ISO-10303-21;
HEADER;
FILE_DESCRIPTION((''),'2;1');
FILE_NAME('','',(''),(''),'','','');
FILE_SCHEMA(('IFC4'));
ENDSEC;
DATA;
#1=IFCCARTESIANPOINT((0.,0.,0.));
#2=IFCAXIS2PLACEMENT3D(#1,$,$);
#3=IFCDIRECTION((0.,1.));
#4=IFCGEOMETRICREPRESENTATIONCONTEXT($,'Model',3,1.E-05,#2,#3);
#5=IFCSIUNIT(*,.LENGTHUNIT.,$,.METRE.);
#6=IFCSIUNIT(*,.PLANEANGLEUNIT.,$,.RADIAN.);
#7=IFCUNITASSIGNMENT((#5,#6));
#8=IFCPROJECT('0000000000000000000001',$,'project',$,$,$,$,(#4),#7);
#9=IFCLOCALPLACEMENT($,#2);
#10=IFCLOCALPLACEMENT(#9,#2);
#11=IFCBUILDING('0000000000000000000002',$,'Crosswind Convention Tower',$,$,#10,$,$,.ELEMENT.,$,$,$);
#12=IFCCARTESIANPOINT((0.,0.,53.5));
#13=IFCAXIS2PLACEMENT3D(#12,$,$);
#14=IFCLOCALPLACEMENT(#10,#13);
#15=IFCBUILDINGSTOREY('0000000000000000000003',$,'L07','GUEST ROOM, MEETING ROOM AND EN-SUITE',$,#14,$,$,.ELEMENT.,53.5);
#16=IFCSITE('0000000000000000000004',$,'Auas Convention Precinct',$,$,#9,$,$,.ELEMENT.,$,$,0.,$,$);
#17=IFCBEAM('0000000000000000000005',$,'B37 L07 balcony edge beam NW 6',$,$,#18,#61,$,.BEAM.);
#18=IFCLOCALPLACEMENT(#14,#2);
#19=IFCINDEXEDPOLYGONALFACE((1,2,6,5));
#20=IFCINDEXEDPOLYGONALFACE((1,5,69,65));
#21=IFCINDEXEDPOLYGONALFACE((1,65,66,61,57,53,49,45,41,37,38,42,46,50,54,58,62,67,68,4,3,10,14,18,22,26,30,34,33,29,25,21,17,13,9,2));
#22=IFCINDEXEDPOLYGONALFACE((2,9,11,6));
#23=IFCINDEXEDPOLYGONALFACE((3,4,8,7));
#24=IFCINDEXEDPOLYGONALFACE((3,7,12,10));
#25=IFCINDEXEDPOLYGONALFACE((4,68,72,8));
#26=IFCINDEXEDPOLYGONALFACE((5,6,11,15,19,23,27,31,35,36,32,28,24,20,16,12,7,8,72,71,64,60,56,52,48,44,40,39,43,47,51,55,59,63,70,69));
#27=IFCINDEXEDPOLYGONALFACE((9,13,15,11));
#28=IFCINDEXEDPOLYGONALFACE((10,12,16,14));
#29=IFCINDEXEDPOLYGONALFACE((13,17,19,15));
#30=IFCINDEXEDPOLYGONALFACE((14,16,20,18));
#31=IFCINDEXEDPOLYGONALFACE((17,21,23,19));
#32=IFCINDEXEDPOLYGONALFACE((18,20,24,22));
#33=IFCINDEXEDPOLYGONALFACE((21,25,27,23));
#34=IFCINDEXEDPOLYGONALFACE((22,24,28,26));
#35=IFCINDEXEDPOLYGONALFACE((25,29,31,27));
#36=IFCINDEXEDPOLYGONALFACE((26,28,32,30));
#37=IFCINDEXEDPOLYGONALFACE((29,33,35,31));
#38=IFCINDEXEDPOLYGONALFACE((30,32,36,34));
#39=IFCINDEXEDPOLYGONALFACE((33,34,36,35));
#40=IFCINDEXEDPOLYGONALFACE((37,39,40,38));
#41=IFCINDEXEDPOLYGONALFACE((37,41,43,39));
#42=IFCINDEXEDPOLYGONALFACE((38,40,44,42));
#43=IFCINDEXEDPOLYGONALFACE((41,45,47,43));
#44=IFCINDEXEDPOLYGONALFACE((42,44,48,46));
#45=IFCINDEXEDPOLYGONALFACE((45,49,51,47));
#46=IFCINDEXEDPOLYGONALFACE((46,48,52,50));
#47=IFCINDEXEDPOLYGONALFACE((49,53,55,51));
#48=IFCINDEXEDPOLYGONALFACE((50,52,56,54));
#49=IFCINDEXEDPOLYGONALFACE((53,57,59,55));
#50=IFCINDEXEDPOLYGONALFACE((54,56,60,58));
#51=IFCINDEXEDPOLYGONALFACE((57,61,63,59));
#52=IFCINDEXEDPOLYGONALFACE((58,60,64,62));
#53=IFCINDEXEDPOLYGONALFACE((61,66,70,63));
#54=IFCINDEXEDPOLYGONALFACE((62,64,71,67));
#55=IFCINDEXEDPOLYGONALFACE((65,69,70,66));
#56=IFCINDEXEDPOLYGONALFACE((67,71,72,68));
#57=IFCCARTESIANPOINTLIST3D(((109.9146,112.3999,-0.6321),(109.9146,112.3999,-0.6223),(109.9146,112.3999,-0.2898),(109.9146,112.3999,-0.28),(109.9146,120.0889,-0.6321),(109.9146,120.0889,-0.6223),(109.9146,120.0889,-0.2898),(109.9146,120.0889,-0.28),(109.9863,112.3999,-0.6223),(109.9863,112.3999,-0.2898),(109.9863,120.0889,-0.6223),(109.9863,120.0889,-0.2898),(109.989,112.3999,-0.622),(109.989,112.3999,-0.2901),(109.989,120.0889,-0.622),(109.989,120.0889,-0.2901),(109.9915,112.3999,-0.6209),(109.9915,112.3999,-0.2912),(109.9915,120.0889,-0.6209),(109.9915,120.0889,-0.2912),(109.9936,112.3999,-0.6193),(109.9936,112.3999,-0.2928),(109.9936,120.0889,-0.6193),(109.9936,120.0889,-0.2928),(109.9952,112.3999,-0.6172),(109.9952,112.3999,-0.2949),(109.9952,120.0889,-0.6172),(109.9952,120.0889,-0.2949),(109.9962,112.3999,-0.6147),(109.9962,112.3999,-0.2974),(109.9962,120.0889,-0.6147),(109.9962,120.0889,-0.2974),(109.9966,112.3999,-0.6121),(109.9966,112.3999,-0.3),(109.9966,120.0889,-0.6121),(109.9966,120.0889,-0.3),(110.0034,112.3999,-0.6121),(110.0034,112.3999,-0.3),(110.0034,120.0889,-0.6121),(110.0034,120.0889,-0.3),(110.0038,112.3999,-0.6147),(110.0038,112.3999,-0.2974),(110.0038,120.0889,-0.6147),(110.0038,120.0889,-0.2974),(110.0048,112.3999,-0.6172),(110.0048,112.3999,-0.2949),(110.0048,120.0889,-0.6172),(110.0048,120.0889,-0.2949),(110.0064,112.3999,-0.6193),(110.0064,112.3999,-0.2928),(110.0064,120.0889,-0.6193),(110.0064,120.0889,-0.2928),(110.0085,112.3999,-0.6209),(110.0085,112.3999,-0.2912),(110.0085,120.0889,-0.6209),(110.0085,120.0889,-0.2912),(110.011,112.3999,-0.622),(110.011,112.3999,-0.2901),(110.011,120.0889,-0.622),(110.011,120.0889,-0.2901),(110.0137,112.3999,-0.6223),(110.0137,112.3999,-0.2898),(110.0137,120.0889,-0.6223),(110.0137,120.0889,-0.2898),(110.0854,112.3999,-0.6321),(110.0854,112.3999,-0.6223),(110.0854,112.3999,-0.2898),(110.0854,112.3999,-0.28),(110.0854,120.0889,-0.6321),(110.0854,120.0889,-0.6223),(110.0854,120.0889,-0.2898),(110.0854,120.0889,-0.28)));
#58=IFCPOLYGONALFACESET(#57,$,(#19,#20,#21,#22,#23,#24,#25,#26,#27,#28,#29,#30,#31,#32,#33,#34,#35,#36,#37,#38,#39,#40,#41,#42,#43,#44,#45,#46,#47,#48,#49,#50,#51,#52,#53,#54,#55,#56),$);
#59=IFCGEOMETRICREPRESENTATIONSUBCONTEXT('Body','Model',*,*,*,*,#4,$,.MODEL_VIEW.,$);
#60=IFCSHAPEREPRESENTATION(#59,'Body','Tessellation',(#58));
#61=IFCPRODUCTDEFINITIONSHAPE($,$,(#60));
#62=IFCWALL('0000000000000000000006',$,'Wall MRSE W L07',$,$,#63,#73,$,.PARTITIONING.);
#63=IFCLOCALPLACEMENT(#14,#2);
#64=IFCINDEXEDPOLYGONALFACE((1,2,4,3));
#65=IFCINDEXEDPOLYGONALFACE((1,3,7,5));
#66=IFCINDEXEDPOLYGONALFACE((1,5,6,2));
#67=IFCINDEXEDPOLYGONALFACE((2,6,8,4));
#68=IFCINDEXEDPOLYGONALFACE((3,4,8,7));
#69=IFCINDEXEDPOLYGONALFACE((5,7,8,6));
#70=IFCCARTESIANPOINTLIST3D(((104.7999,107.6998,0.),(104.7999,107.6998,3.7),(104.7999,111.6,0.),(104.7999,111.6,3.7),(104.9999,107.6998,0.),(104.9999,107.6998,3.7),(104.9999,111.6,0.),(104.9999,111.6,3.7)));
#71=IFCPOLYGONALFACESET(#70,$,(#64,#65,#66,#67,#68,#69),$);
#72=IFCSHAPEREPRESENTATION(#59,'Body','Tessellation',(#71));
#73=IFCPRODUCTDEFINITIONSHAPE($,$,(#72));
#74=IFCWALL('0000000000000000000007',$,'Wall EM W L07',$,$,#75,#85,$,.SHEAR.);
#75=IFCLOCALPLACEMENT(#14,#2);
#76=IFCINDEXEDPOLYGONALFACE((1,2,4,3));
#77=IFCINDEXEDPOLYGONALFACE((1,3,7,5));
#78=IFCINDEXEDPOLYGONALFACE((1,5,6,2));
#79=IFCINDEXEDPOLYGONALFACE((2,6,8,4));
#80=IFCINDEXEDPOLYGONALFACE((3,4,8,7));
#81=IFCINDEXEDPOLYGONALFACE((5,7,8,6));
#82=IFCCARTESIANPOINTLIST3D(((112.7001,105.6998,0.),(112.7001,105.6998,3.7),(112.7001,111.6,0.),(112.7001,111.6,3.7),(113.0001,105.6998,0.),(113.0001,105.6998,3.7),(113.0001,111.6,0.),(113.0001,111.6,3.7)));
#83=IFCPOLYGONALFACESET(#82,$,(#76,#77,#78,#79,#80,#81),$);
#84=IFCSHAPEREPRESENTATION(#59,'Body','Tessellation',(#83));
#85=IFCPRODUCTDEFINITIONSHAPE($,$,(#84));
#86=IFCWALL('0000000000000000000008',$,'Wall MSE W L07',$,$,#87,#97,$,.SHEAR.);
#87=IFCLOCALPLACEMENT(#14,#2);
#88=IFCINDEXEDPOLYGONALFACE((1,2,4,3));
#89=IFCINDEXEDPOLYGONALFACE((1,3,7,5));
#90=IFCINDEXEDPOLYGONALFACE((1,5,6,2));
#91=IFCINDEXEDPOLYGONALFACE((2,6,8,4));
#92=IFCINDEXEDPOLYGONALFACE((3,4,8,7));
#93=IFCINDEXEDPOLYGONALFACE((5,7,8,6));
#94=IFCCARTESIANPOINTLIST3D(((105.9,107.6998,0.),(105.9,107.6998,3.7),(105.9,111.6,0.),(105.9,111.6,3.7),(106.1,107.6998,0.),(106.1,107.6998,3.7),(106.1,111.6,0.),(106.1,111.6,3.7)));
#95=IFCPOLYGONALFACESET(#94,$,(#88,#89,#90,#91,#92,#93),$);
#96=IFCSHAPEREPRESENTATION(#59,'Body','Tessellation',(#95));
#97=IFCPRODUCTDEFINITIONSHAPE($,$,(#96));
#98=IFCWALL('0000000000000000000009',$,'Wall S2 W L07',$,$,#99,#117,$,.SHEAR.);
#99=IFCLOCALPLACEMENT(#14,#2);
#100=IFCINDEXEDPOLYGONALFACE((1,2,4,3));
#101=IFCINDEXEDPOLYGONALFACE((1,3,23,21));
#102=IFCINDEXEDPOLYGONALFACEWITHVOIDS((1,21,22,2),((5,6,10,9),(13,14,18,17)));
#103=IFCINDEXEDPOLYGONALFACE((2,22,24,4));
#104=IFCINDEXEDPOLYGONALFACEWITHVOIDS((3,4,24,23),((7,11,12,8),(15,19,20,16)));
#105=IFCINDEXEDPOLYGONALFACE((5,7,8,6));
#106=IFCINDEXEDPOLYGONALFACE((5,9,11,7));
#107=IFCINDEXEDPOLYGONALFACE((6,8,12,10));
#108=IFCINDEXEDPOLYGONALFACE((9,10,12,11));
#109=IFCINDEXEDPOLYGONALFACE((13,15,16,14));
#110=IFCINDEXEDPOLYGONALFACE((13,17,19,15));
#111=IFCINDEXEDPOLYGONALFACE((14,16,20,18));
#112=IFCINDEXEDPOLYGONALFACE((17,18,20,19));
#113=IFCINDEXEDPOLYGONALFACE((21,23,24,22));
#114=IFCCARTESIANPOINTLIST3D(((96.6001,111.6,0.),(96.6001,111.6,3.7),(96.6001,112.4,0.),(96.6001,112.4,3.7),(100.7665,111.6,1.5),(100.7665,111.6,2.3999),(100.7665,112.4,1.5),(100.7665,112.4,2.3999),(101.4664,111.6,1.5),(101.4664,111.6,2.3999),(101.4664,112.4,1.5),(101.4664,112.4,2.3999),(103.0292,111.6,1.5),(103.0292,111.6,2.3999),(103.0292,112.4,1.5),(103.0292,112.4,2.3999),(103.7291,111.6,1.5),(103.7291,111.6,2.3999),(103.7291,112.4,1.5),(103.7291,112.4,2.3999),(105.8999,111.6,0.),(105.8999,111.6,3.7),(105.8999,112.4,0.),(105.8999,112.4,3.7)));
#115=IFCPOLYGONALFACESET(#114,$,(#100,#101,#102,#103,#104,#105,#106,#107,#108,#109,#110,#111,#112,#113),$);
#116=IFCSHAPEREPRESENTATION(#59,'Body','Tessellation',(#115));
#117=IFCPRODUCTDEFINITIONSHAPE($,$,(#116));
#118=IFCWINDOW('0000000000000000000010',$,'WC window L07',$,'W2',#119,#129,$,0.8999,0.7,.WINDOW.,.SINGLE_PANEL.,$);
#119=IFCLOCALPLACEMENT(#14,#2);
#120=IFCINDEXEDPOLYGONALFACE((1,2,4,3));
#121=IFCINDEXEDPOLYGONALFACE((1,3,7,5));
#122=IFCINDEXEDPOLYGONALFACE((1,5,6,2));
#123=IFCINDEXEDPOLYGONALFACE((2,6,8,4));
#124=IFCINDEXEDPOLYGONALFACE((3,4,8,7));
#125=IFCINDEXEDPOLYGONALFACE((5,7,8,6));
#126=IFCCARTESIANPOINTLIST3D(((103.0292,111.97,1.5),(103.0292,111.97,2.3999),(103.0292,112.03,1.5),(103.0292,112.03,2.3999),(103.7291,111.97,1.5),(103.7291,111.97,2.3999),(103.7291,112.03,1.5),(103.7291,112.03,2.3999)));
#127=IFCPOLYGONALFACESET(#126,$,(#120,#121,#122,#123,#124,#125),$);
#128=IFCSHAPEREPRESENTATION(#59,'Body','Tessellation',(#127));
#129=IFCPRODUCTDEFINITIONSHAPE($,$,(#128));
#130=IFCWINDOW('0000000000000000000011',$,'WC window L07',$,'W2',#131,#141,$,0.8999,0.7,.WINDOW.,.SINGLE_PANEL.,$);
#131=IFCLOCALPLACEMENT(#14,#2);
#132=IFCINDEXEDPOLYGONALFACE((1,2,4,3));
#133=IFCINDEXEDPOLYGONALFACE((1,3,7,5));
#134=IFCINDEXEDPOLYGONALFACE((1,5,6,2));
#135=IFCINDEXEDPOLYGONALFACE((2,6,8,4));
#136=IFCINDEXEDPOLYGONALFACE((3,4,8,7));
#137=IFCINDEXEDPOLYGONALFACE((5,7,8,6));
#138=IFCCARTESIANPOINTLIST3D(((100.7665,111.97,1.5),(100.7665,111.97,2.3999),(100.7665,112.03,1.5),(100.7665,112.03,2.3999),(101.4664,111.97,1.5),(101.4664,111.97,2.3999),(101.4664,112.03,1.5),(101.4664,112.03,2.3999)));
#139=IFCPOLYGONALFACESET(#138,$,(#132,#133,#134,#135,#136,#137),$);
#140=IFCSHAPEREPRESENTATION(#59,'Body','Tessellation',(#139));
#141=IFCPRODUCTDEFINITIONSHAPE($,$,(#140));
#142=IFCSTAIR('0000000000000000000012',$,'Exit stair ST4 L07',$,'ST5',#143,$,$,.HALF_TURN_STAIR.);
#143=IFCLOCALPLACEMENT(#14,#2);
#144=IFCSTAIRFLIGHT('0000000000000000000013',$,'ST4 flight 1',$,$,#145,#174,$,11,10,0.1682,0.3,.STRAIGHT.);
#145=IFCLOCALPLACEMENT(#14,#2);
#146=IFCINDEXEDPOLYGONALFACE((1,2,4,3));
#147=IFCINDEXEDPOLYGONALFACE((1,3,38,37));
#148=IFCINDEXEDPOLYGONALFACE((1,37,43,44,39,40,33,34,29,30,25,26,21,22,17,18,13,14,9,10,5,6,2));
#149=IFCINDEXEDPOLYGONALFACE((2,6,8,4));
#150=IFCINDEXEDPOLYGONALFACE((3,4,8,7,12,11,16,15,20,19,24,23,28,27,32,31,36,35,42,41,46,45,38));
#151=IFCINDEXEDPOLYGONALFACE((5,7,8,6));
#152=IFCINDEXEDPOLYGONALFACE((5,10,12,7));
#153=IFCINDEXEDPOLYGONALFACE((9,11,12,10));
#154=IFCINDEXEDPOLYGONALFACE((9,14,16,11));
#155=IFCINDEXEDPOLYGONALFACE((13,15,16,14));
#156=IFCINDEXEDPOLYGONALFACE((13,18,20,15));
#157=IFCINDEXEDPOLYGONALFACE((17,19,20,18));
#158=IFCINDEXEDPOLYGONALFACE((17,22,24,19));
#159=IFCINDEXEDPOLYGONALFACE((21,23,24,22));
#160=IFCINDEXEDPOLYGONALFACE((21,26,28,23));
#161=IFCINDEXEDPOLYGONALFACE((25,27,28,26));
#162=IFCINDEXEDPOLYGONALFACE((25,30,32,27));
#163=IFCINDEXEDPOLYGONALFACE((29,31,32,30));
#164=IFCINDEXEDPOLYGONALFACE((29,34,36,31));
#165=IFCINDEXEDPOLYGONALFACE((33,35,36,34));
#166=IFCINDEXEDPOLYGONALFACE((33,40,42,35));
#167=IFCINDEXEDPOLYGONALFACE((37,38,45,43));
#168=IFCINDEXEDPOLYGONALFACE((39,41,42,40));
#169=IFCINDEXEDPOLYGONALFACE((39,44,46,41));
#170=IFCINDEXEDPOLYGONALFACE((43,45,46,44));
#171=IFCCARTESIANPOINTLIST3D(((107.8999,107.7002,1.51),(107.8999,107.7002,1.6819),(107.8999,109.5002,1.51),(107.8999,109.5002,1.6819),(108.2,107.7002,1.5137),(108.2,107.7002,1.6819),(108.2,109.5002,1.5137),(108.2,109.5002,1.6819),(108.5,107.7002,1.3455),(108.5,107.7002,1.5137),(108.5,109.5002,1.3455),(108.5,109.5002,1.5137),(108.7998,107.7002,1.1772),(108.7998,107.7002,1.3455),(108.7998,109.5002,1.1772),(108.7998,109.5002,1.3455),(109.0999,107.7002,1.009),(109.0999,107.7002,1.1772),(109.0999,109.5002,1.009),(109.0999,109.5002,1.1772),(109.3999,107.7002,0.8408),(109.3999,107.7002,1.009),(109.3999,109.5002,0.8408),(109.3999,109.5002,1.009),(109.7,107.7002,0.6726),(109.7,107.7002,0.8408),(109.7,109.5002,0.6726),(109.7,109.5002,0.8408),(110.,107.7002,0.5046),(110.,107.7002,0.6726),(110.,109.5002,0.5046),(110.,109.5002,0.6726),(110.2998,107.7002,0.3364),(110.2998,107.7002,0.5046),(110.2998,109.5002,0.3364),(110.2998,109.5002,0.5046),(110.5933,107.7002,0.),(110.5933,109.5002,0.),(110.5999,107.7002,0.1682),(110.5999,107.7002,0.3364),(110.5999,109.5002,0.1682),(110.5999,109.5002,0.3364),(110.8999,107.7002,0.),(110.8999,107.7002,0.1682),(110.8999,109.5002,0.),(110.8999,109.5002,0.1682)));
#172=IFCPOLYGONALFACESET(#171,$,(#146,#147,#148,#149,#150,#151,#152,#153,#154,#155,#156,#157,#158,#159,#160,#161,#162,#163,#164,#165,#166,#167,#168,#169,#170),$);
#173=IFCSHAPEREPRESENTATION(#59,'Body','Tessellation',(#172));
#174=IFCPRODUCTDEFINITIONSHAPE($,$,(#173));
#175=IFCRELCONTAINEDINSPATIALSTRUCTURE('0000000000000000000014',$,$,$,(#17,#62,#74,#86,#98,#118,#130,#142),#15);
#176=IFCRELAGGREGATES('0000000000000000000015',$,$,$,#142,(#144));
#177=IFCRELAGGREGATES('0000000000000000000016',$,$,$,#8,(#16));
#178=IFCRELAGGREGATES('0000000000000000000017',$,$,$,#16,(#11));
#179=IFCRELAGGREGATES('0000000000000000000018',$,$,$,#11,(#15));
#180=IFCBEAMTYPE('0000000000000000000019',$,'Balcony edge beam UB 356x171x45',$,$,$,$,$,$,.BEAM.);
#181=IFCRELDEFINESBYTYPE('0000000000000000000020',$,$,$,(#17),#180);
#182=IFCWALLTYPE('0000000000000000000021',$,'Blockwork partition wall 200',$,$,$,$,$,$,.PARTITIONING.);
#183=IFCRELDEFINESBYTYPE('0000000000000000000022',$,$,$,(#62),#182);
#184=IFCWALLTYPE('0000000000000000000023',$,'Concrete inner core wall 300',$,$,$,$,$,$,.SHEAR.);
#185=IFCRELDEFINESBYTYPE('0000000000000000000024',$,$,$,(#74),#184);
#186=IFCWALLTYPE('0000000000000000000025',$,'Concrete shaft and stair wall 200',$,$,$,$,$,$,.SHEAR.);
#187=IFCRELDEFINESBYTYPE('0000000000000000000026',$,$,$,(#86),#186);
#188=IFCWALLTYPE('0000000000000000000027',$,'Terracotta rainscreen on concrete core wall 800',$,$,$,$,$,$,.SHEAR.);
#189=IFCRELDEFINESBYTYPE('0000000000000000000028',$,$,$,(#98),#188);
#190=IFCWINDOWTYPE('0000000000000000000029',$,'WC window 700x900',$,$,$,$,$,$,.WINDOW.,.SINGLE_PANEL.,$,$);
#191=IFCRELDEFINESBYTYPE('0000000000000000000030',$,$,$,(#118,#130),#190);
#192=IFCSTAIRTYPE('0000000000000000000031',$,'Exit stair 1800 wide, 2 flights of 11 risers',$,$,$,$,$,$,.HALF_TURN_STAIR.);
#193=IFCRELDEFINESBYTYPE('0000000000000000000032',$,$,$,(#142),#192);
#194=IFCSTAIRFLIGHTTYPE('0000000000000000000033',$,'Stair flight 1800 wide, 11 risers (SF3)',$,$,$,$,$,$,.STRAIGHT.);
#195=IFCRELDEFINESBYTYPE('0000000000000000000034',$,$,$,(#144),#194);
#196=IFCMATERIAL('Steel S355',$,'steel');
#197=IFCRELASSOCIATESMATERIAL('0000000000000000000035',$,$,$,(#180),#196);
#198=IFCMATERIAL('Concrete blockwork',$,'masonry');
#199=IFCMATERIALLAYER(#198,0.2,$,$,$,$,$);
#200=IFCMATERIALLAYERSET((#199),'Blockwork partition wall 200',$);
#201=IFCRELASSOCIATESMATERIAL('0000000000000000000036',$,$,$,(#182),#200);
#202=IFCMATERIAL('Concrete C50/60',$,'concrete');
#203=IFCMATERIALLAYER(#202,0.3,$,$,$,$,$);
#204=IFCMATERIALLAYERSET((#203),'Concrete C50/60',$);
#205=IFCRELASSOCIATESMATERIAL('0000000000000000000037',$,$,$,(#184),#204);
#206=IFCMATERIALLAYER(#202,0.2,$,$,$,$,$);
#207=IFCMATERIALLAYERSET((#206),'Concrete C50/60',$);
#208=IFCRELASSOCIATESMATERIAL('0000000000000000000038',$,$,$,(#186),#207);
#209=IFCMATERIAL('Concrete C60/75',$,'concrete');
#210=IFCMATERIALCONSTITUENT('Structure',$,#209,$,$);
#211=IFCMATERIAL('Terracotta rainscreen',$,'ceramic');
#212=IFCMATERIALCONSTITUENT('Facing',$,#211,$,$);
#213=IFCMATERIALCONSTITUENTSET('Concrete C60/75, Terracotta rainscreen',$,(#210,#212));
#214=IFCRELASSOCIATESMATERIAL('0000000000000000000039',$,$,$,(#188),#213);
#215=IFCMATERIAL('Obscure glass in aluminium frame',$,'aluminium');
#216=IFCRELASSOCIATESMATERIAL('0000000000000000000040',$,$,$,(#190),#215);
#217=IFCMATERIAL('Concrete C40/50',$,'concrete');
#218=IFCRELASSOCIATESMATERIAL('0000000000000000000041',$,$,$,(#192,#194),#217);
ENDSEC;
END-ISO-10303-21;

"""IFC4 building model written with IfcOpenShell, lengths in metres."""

from ifc_helpers import new_model, si_unit, direction, frame, frame_2d, origin, origin_2d, place, context, subcontext, project, spatial, polyline, rectangle, i_section, outline, extrude, material, layer, layer_set, constituent, constituent_set, material_profile, profile_set, type_object, element, fill, aggregate, save


model = new_model("IFC4")

# Units and contexts
model_context = context("Model", 3, precision=1e-05, world=origin(), true_north=direction((0.0, 1.0)))
body_context = subcontext(model_context, "Body", "Model", "MODEL_VIEW")
ifc_project = project(units=[si_unit("LENGTHUNIT", "METRE"), si_unit("PLANEANGLEUNIT", "RADIAN")], contexts=[model_context])

# Site, building, storey
site_placement = place(None, origin())
site = spatial("IfcSite", under=ifc_project, at=site_placement, Name="Auas Convention Precinct", CompositionType="ELEMENT", RefElevation=0.0)
building_placement = place(site_placement, origin())
building = spatial("IfcBuilding", under=site, at=building_placement, Name="Crosswind Convention Tower", CompositionType="ELEMENT")
storey_placement = place(building_placement, frame((0.0, 0.0, 53.5)))
storey = spatial("IfcBuildingStorey", under=building, at=storey_placement, Name="L07", Description="GUEST ROOM, MEETING ROOM AND EN-SUITE", CompositionType="ELEMENT", Elevation=53.5)

# Beam
ifc_material_1 = material(Name="Steel S355", Category="steel")
ifc_material_profile = material_profile(ifc_material_1, i_section(OverallWidth=0.1709, OverallDepth=0.3521, WebThickness=0.0068, FlangeThickness=0.0098, FilletRadius=0.0103, at=origin_2d()), Name="UB 356x171x45")
ifc_profile_set = profile_set([ifc_material_profile], Name="Steel S355")
beam_type = type_object("IfcBeamType", Name="Balcony edge beam UB 356x171x45", PredefinedType="BEAM", material=ifc_profile_set)
beam_placement = place(storey_placement, frame((110.0, 112.3999, -0.4561), z_axis=(0.0, 1.0, 0.0), x_axis=(-1.0, 0.0, 0.0)))
element("IfcBeam", 1, at=beam_placement, inside=storey, type_object=beam_type, Name="B37 L07 balcony edge beam NW 6", PredefinedType="BEAM", context=body_context, shape_type="SweptSolid", body=[
    extrude(i_section(OverallWidth=0.1709, OverallDepth=0.3521, WebThickness=0.0068, FlangeThickness=0.0098, FilletRadius=0.0103, at=origin_2d()), origin(), (0.0, 0.0, 1.0), 7.689),
])

# Walls
ifc_material_2 = material(Name="Concrete blockwork", Category="masonry")
ifc_layer_1 = layer(ifc_material_2, 0.2)
ifc_layer_set_1 = layer_set([ifc_layer_1], Name="Blockwork partition wall 200")
wall_type_1 = type_object("IfcWallType", Name="Blockwork partition wall 200", PredefinedType="PARTITIONING", material=ifc_layer_set_1)
wall_1_placement = place(storey_placement, frame((104.8999, 111.6001, 0.0), z_axis=(0.0, 0.0, 1.0), x_axis=(0.0, -1.0, 0.0)))
element("IfcWall", 2, at=wall_1_placement, inside=storey, type_object=wall_type_1, Name="Wall MRSE W L07", PredefinedType="PARTITIONING", context=body_context, shape_type="SweptSolid", body=[
    extrude(rectangle(XDim=3.9001, YDim=0.2, at=frame_2d((1.9502, 0.0))), origin(), (0.0, 0.0, 1.0), 3.7),
])
ifc_material_3 = material(Name="Concrete C50/60", Category="concrete")
ifc_layer_2 = layer(ifc_material_3, 0.3)
ifc_layer_set_2 = layer_set([ifc_layer_2], Name="Concrete C50/60")
wall_type_2 = type_object("IfcWallType", Name="Concrete inner core wall 300", PredefinedType="SHEAR", material=ifc_layer_set_2)
wall_2_placement = place(storey_placement, frame((112.8501, 111.6001, 0.0), z_axis=(0.0, 0.0, 1.0), x_axis=(0.0, -1.0, 0.0)))
element("IfcWall", 3, at=wall_2_placement, inside=storey, type_object=wall_type_2, Name="Wall EM W L07", PredefinedType="SHEAR", context=body_context, shape_type="SweptSolid", body=[
    extrude(rectangle(XDim=5.9001, YDim=0.3, at=frame_2d((2.9502, 0.0))), origin(), (0.0, 0.0, 1.0), 3.7),
])
ifc_layer_3 = layer(ifc_material_3, 0.2)
ifc_layer_set_3 = layer_set([ifc_layer_3], Name="Concrete C50/60")
wall_type_3 = type_object("IfcWallType", Name="Concrete shaft and stair wall 200", PredefinedType="SHEAR", material=ifc_layer_set_3)
wall_3_placement = place(storey_placement, frame((106.0, 111.6001, 0.0), z_axis=(0.0, 0.0, 1.0), x_axis=(0.0, -1.0, 0.0)))
element("IfcWall", 4, at=wall_3_placement, inside=storey, type_object=wall_type_3, Name="Wall MSE W L07", PredefinedType="SHEAR", context=body_context, shape_type="SweptSolid", body=[
    extrude(rectangle(XDim=3.9001, YDim=0.2, at=frame_2d((1.9502, 0.0))), origin(), (0.0, 0.0, 1.0), 3.7),
])

# Wall, openings, windows
ifc_material_4 = material(Name="Concrete C60/75", Category="concrete")
ifc_constituent_1 = constituent(ifc_material_4, Name="Structure")
ifc_material_5 = material(Name="Terracotta rainscreen", Category="ceramic")
ifc_constituent_2 = constituent(ifc_material_5, Name="Facing")
ifc_constituent_set = constituent_set(constituents=[ifc_constituent_1, ifc_constituent_2], Name="Concrete C60/75, Terracotta rainscreen")
wall_type_4 = type_object("IfcWallType", Name="Terracotta rainscreen on concrete core wall 800", PredefinedType="SHEAR", material=ifc_constituent_set)
wall_4_placement = place(storey_placement, frame((105.8999, 112.0, 0.0), z_axis=(0.0, 0.0, 1.0), x_axis=(-1.0, 0.0, 0.0)))
wall_4 = element("IfcWall", 5, at=wall_4_placement, inside=storey, type_object=wall_type_4, Name="Wall S2 W L07", PredefinedType="SHEAR", context=body_context, shape_type="SweptSolid", body=[
    extrude(rectangle(XDim=9.2998, YDim=0.8, at=frame_2d((4.6499, 0.0))), origin(), (0.0, 0.0, 1.0), 3.7),
])
opening_1_placement = place(wall_4_placement, frame((2.1707, 0.0, 1.5)))
opening_1 = element("IfcOpeningElement", 6, at=opening_1_placement, cuts=wall_4, PredefinedType="OPENING", context=body_context, shape_type="SweptSolid", body=[
    extrude(rectangle(XDim=0.7, YDim=0.8999, at=frame_2d((0.3501, 0.45))), frame((0.0, 0.4099, 0.0), z_axis=(0.0, -1.0, 0.0), x_axis=(1.0, 0.0, 0.0)), (0.0, 0.0, 1.0), 0.8201),
])
opening_2_placement = place(wall_4_placement, frame((4.4333, 0.0, 1.5)))
opening_2 = element("IfcOpeningElement", 7, at=opening_2_placement, cuts=wall_4, PredefinedType="OPENING", context=body_context, shape_type="SweptSolid", body=[
    extrude(rectangle(XDim=0.7, YDim=0.8999, at=frame_2d((0.3501, 0.45))), frame((0.0, 0.4099, 0.0), z_axis=(0.0, -1.0, 0.0), x_axis=(1.0, 0.0, 0.0)), (0.0, 0.0, 1.0), 0.8201),
])
ifc_material_6 = material(Name="Obscure glass in aluminium frame", Category="aluminium")
window_type = type_object("IfcWindowType", Name="WC window 700x900", PartitioningType="SINGLE_PANEL", PredefinedType="WINDOW", material=ifc_material_6)
window_1_placement = place(opening_1_placement, origin())
window_1 = element("IfcWindow", 8, at=window_1_placement, inside=storey, type_object=window_type, Name="WC window L07", ObjectType="W2", OverallHeight=0.8999, OverallWidth=0.7, PartitioningType="SINGLE_PANEL", PredefinedType="WINDOW", context=body_context, shape_type="SweptSolid", body=[
    extrude(rectangle(XDim=0.7, YDim=0.8999, at=frame_2d((0.3501, 0.45))), frame((0.0, 0.03, 0.0), z_axis=(0.0, -1.0, 0.0), x_axis=(1.0, 0.0, 0.0)), (0.0, 0.0, 1.0), 0.0601),
])
fill(opening_1, window_1)
window_2_placement = place(opening_2_placement, origin())
window_2 = element("IfcWindow", 9, at=window_2_placement, inside=storey, type_object=window_type, Name="WC window L07", ObjectType="W2", OverallHeight=0.8999, OverallWidth=0.7, PartitioningType="SINGLE_PANEL", PredefinedType="WINDOW", context=body_context, shape_type="SweptSolid", body=[
    extrude(rectangle(XDim=0.7, YDim=0.8999, at=frame_2d((0.3501, 0.45))), frame((0.0, 0.03, 0.0), z_axis=(0.0, -1.0, 0.0), x_axis=(1.0, 0.0, 0.0)), (0.0, 0.0, 1.0), 0.0601),
])
fill(opening_2, window_2)

# Stair, stair flight
ifc_material_7 = material(Name="Concrete C40/50", Category="concrete")
stair_type = type_object("IfcStairType", Name="Exit stair 1800 wide, 2 flights of 11 risers", PredefinedType="HALF_TURN_STAIR", material=ifc_material_7)
stair_placement = place(storey_placement, origin())
stair = element("IfcStair", 10, at=stair_placement, inside=storey, type_object=stair_type, Name="Exit stair ST4 L07", ObjectType="ST5", PredefinedType="HALF_TURN_STAIR")
stair_flight_type = type_object("IfcStairFlightType", Name="Stair flight 1800 wide, 11 risers (SF3)", PredefinedType="STRAIGHT", material=ifc_material_7)
stair_flight_1_placement = place(storey_placement, frame((110.8999, 108.6001, 0.0), z_axis=(0.0, 0.0, 1.0), x_axis=(-1.0, 0.0, 0.0)))
stair_flight_1 = element("IfcStairFlight", 11, at=stair_flight_1_placement, type_object=stair_flight_type, Name="ST4 flight 1", NumberOfRisers=11, NumberOfTreads=10, PredefinedType="STRAIGHT", RiserHeight=0.1682, TreadLength=0.3, context=body_context, shape_type="SweptSolid", body=[
    extrude(outline(polyline([(0.0, 0.0), (0.0, 0.1682), (0.3, 0.1682), (0.3, 0.3364), (0.6001, 0.3364), (0.6001, 0.5046), (0.8999, 0.5046), (0.8999, 0.6726), (1.2, 0.6726), (1.2, 0.8408), (1.5, 0.8408), (1.5, 1.009), (1.8, 1.009), (1.8, 1.1772), (2.1001, 1.1772), (2.1001, 1.3455), (2.3999, 1.3455), (2.3999, 1.5137), (2.7, 1.5137), (2.7, 1.6819), (3.0, 1.6819), (3.0, 1.8501), (3.0, 1.51), (0.3066, 0.0), (0.0, 0.0)])), frame((0.0, 0.8999, 0.0), z_axis=(0.0, -1.0, 0.0), x_axis=(1.0, 0.0, 0.0)), (0.0, 0.0, 1.0), 1.8),
])
aggregate(stair, [stair_flight_1])

save(model, "model.ifc")
